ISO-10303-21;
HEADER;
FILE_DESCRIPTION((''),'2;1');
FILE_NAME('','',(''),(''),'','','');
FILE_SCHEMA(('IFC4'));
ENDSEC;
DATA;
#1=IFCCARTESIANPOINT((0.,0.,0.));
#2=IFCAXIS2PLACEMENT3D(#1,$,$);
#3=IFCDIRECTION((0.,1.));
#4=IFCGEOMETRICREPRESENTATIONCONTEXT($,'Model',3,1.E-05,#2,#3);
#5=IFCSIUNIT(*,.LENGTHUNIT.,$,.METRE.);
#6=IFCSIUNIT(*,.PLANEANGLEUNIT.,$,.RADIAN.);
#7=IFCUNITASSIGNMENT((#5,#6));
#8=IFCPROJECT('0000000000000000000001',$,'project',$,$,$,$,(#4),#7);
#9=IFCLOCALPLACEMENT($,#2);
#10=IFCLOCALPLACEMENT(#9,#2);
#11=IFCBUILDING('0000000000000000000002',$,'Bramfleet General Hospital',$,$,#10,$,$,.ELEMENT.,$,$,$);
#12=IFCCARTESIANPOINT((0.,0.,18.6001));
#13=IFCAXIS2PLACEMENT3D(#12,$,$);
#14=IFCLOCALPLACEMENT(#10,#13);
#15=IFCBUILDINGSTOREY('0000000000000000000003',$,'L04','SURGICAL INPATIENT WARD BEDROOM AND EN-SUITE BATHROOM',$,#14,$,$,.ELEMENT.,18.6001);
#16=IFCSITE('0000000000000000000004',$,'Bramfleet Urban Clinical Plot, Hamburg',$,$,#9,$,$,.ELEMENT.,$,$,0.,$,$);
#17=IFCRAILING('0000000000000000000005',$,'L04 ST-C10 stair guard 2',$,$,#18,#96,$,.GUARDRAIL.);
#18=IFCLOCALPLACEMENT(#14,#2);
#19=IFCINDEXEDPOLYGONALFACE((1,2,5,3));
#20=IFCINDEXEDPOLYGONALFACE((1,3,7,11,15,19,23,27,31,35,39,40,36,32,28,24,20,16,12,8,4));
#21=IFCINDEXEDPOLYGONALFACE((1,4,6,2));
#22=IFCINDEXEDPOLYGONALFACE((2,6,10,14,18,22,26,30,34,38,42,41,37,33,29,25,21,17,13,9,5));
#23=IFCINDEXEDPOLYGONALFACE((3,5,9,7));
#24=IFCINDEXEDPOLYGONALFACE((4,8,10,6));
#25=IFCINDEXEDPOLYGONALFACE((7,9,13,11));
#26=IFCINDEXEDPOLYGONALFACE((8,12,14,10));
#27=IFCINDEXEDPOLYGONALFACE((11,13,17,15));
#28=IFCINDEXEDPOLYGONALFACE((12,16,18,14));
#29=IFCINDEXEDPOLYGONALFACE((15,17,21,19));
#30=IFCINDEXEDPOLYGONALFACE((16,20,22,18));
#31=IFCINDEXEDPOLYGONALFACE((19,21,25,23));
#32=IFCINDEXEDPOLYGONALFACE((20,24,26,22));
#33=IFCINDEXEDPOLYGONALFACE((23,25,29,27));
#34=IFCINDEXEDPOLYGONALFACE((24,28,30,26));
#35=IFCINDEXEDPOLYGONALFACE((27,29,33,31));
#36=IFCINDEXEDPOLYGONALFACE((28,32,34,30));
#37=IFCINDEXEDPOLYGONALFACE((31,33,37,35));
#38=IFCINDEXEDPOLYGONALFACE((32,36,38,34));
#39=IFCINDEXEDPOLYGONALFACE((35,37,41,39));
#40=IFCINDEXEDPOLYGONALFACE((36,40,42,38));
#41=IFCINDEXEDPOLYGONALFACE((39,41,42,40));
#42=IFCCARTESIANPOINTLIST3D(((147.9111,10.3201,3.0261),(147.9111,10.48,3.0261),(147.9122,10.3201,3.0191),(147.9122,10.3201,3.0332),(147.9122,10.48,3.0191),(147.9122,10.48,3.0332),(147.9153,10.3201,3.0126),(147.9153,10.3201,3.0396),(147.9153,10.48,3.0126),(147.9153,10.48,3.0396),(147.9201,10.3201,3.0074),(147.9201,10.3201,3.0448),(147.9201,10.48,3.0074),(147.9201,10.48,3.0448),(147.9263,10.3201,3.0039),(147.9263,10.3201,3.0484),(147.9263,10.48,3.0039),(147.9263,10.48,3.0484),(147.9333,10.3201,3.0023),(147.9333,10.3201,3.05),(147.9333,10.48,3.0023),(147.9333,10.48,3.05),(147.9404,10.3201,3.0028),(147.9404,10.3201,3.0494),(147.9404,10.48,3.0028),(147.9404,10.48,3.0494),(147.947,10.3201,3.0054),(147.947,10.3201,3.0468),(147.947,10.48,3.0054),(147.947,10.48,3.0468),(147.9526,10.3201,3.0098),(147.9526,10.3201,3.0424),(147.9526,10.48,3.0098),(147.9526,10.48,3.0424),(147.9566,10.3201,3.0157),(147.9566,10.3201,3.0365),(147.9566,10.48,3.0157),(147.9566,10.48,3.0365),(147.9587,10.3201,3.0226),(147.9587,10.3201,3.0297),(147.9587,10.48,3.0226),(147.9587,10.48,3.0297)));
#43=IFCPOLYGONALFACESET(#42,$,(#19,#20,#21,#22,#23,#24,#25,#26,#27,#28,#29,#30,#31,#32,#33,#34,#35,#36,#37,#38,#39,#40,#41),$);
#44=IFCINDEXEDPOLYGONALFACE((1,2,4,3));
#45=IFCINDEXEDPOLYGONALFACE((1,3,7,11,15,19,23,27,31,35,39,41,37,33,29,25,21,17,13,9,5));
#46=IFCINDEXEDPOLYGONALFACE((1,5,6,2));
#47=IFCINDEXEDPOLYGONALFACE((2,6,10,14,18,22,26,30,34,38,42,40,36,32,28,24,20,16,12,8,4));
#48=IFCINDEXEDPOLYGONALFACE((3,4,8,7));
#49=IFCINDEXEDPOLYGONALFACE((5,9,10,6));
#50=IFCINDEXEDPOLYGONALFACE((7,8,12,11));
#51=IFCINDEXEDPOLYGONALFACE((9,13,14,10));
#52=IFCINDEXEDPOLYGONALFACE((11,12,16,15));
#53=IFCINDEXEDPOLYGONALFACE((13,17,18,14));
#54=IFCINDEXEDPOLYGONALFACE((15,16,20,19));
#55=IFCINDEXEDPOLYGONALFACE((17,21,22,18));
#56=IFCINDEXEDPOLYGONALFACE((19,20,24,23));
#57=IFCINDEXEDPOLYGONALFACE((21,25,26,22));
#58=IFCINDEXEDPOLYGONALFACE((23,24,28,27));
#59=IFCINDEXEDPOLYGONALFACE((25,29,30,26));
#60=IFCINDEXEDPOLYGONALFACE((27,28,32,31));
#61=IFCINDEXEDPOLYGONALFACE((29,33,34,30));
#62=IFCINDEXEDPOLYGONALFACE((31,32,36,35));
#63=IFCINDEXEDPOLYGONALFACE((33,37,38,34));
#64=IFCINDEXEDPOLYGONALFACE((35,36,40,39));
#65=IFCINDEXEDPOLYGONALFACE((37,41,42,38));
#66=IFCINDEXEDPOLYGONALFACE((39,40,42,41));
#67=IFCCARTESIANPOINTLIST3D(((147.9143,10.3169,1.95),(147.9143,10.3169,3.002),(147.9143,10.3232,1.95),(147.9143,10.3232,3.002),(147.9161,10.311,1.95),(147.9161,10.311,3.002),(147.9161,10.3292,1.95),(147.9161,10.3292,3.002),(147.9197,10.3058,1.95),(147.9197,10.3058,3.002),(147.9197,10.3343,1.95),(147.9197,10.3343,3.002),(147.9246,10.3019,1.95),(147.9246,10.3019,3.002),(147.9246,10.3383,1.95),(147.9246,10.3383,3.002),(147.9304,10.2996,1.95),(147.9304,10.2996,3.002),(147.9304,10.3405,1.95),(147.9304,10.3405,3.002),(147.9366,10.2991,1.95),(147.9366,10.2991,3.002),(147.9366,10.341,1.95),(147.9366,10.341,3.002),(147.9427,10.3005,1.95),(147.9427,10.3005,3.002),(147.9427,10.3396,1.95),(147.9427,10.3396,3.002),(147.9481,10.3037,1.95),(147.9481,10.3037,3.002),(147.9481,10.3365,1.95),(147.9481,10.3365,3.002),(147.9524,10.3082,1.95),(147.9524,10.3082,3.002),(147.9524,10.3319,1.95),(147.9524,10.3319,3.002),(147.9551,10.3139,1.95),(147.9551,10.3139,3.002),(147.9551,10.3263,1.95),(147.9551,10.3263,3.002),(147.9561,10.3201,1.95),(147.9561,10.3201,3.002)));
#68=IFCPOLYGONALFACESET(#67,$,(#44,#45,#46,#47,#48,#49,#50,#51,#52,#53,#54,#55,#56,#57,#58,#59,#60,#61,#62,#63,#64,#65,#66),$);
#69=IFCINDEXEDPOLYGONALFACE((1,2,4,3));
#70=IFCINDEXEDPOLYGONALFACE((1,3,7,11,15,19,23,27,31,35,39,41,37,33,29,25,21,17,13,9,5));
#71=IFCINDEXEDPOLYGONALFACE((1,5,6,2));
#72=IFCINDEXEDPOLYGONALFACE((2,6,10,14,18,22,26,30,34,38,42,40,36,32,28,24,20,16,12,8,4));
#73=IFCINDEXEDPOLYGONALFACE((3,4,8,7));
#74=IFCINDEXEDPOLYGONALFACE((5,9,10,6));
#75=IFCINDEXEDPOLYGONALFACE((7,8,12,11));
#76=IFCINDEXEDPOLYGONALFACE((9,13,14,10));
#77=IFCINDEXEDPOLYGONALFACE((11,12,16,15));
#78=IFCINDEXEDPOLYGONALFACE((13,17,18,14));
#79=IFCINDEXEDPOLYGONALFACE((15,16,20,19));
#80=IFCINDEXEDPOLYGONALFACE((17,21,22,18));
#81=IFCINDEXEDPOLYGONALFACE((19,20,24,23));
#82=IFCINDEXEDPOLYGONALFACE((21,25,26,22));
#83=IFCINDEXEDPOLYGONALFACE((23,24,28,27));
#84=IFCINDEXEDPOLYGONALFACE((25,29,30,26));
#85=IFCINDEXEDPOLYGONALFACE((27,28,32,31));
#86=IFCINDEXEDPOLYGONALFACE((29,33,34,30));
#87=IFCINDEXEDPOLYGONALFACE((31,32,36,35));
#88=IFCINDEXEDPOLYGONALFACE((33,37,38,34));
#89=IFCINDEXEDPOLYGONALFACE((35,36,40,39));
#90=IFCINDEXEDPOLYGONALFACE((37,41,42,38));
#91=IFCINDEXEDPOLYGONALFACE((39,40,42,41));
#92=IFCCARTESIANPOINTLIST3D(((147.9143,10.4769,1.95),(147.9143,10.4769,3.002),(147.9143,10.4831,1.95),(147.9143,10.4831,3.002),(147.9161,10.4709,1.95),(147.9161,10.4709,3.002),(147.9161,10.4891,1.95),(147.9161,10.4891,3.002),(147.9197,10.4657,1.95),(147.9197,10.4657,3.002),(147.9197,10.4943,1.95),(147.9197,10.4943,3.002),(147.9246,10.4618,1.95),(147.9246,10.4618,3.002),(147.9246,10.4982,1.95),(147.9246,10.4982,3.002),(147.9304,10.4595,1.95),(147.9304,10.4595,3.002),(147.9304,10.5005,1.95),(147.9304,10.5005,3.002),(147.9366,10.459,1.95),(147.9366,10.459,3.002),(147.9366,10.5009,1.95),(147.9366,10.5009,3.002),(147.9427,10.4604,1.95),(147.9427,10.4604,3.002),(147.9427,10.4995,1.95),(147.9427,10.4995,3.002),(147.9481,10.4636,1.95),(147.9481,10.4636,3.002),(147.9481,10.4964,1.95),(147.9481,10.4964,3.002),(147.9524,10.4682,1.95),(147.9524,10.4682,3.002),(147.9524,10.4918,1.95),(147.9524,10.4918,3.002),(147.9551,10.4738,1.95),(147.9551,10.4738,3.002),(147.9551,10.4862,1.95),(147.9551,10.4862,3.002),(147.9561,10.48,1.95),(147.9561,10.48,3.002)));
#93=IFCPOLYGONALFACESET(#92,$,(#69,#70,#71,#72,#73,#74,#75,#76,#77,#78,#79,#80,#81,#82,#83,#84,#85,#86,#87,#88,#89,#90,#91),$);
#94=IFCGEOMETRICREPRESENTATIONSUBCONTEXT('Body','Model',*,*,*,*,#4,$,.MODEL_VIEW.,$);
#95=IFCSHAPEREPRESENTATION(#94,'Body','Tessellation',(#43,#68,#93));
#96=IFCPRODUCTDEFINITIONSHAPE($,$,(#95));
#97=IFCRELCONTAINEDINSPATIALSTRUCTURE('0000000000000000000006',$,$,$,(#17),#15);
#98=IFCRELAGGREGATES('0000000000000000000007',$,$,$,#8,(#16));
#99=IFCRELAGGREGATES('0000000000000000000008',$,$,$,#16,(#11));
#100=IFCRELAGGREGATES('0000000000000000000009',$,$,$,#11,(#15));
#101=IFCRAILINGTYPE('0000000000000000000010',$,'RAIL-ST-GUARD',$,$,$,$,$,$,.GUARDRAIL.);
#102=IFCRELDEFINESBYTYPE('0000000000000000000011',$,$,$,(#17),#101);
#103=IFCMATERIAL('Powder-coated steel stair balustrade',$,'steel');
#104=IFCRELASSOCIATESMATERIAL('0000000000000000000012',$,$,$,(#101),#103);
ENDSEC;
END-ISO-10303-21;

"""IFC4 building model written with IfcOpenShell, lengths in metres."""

from ifc_helpers import new_model, si_unit, direction, frame, origin, origin_2d, place, context, subcontext, project, spatial, circle, extrude, material, type_object, element, save


model = new_model("IFC4")

# Units and contexts
model_context = context("Model", 3, precision=1e-05, world=origin(), true_north=direction((0.0, 1.0)))
body_context = subcontext(model_context, "Body", "Model", "MODEL_VIEW")
ifc_project = project(units=[si_unit("LENGTHUNIT", "METRE"), si_unit("PLANEANGLEUNIT", "RADIAN")], contexts=[model_context])

# Site, building, storey
site_placement = place(None, origin())
site = spatial("IfcSite", under=ifc_project, at=site_placement, Name="Bramfleet Urban Clinical Plot, Hamburg", CompositionType="ELEMENT", RefElevation=0.0)
building_placement = place(site_placement, origin())
building = spatial("IfcBuilding", under=site, at=building_placement, Name="Bramfleet General Hospital", CompositionType="ELEMENT")
storey_placement = place(building_placement, frame((0.0, 0.0, 18.6001)))
storey = spatial("IfcBuildingStorey", under=building, at=storey_placement, Name="L04", Description="SURGICAL INPATIENT WARD BEDROOM AND EN-SUITE BATHROOM", CompositionType="ELEMENT", Elevation=18.6001)

# Railing
ifc_material_1 = material(Name="Powder-coated steel stair balustrade", Category="steel")
railing_type_1 = type_object("IfcRailingType", Name="RAIL-ST-GUARD", PredefinedType="GUARDRAIL", material=ifc_material_1)
railing_1_placement = place(storey_placement, frame((147.9351, 10.3201, 1.95)))
element("IfcRailing", 1, at=railing_1_placement, inside=storey, type_object=railing_type_1, Name="L04 ST-C10 stair guard 2", PredefinedType="GUARDRAIL", context=body_context, shape_type="SweptSolid", body=[
    extrude(circle(Radius=0.0239, at=origin_2d()), frame((0.0, 0.0, 1.0762), z_axis=(0.0, 1.0, 0.0), x_axis=(-1.0, 0.0, 0.0)), (0.0, 0.0, 1.0), 0.1599),
    extrude(circle(Radius=0.021, at=origin_2d()), origin(), (0.0, 0.0, 1.0), 1.052),
    extrude(circle(Radius=0.021, at=origin_2d()), frame((0.0, 0.1599, 0.0)), (0.0, 0.0, 1.0), 1.052),
])

save(model, "model.ifc")
